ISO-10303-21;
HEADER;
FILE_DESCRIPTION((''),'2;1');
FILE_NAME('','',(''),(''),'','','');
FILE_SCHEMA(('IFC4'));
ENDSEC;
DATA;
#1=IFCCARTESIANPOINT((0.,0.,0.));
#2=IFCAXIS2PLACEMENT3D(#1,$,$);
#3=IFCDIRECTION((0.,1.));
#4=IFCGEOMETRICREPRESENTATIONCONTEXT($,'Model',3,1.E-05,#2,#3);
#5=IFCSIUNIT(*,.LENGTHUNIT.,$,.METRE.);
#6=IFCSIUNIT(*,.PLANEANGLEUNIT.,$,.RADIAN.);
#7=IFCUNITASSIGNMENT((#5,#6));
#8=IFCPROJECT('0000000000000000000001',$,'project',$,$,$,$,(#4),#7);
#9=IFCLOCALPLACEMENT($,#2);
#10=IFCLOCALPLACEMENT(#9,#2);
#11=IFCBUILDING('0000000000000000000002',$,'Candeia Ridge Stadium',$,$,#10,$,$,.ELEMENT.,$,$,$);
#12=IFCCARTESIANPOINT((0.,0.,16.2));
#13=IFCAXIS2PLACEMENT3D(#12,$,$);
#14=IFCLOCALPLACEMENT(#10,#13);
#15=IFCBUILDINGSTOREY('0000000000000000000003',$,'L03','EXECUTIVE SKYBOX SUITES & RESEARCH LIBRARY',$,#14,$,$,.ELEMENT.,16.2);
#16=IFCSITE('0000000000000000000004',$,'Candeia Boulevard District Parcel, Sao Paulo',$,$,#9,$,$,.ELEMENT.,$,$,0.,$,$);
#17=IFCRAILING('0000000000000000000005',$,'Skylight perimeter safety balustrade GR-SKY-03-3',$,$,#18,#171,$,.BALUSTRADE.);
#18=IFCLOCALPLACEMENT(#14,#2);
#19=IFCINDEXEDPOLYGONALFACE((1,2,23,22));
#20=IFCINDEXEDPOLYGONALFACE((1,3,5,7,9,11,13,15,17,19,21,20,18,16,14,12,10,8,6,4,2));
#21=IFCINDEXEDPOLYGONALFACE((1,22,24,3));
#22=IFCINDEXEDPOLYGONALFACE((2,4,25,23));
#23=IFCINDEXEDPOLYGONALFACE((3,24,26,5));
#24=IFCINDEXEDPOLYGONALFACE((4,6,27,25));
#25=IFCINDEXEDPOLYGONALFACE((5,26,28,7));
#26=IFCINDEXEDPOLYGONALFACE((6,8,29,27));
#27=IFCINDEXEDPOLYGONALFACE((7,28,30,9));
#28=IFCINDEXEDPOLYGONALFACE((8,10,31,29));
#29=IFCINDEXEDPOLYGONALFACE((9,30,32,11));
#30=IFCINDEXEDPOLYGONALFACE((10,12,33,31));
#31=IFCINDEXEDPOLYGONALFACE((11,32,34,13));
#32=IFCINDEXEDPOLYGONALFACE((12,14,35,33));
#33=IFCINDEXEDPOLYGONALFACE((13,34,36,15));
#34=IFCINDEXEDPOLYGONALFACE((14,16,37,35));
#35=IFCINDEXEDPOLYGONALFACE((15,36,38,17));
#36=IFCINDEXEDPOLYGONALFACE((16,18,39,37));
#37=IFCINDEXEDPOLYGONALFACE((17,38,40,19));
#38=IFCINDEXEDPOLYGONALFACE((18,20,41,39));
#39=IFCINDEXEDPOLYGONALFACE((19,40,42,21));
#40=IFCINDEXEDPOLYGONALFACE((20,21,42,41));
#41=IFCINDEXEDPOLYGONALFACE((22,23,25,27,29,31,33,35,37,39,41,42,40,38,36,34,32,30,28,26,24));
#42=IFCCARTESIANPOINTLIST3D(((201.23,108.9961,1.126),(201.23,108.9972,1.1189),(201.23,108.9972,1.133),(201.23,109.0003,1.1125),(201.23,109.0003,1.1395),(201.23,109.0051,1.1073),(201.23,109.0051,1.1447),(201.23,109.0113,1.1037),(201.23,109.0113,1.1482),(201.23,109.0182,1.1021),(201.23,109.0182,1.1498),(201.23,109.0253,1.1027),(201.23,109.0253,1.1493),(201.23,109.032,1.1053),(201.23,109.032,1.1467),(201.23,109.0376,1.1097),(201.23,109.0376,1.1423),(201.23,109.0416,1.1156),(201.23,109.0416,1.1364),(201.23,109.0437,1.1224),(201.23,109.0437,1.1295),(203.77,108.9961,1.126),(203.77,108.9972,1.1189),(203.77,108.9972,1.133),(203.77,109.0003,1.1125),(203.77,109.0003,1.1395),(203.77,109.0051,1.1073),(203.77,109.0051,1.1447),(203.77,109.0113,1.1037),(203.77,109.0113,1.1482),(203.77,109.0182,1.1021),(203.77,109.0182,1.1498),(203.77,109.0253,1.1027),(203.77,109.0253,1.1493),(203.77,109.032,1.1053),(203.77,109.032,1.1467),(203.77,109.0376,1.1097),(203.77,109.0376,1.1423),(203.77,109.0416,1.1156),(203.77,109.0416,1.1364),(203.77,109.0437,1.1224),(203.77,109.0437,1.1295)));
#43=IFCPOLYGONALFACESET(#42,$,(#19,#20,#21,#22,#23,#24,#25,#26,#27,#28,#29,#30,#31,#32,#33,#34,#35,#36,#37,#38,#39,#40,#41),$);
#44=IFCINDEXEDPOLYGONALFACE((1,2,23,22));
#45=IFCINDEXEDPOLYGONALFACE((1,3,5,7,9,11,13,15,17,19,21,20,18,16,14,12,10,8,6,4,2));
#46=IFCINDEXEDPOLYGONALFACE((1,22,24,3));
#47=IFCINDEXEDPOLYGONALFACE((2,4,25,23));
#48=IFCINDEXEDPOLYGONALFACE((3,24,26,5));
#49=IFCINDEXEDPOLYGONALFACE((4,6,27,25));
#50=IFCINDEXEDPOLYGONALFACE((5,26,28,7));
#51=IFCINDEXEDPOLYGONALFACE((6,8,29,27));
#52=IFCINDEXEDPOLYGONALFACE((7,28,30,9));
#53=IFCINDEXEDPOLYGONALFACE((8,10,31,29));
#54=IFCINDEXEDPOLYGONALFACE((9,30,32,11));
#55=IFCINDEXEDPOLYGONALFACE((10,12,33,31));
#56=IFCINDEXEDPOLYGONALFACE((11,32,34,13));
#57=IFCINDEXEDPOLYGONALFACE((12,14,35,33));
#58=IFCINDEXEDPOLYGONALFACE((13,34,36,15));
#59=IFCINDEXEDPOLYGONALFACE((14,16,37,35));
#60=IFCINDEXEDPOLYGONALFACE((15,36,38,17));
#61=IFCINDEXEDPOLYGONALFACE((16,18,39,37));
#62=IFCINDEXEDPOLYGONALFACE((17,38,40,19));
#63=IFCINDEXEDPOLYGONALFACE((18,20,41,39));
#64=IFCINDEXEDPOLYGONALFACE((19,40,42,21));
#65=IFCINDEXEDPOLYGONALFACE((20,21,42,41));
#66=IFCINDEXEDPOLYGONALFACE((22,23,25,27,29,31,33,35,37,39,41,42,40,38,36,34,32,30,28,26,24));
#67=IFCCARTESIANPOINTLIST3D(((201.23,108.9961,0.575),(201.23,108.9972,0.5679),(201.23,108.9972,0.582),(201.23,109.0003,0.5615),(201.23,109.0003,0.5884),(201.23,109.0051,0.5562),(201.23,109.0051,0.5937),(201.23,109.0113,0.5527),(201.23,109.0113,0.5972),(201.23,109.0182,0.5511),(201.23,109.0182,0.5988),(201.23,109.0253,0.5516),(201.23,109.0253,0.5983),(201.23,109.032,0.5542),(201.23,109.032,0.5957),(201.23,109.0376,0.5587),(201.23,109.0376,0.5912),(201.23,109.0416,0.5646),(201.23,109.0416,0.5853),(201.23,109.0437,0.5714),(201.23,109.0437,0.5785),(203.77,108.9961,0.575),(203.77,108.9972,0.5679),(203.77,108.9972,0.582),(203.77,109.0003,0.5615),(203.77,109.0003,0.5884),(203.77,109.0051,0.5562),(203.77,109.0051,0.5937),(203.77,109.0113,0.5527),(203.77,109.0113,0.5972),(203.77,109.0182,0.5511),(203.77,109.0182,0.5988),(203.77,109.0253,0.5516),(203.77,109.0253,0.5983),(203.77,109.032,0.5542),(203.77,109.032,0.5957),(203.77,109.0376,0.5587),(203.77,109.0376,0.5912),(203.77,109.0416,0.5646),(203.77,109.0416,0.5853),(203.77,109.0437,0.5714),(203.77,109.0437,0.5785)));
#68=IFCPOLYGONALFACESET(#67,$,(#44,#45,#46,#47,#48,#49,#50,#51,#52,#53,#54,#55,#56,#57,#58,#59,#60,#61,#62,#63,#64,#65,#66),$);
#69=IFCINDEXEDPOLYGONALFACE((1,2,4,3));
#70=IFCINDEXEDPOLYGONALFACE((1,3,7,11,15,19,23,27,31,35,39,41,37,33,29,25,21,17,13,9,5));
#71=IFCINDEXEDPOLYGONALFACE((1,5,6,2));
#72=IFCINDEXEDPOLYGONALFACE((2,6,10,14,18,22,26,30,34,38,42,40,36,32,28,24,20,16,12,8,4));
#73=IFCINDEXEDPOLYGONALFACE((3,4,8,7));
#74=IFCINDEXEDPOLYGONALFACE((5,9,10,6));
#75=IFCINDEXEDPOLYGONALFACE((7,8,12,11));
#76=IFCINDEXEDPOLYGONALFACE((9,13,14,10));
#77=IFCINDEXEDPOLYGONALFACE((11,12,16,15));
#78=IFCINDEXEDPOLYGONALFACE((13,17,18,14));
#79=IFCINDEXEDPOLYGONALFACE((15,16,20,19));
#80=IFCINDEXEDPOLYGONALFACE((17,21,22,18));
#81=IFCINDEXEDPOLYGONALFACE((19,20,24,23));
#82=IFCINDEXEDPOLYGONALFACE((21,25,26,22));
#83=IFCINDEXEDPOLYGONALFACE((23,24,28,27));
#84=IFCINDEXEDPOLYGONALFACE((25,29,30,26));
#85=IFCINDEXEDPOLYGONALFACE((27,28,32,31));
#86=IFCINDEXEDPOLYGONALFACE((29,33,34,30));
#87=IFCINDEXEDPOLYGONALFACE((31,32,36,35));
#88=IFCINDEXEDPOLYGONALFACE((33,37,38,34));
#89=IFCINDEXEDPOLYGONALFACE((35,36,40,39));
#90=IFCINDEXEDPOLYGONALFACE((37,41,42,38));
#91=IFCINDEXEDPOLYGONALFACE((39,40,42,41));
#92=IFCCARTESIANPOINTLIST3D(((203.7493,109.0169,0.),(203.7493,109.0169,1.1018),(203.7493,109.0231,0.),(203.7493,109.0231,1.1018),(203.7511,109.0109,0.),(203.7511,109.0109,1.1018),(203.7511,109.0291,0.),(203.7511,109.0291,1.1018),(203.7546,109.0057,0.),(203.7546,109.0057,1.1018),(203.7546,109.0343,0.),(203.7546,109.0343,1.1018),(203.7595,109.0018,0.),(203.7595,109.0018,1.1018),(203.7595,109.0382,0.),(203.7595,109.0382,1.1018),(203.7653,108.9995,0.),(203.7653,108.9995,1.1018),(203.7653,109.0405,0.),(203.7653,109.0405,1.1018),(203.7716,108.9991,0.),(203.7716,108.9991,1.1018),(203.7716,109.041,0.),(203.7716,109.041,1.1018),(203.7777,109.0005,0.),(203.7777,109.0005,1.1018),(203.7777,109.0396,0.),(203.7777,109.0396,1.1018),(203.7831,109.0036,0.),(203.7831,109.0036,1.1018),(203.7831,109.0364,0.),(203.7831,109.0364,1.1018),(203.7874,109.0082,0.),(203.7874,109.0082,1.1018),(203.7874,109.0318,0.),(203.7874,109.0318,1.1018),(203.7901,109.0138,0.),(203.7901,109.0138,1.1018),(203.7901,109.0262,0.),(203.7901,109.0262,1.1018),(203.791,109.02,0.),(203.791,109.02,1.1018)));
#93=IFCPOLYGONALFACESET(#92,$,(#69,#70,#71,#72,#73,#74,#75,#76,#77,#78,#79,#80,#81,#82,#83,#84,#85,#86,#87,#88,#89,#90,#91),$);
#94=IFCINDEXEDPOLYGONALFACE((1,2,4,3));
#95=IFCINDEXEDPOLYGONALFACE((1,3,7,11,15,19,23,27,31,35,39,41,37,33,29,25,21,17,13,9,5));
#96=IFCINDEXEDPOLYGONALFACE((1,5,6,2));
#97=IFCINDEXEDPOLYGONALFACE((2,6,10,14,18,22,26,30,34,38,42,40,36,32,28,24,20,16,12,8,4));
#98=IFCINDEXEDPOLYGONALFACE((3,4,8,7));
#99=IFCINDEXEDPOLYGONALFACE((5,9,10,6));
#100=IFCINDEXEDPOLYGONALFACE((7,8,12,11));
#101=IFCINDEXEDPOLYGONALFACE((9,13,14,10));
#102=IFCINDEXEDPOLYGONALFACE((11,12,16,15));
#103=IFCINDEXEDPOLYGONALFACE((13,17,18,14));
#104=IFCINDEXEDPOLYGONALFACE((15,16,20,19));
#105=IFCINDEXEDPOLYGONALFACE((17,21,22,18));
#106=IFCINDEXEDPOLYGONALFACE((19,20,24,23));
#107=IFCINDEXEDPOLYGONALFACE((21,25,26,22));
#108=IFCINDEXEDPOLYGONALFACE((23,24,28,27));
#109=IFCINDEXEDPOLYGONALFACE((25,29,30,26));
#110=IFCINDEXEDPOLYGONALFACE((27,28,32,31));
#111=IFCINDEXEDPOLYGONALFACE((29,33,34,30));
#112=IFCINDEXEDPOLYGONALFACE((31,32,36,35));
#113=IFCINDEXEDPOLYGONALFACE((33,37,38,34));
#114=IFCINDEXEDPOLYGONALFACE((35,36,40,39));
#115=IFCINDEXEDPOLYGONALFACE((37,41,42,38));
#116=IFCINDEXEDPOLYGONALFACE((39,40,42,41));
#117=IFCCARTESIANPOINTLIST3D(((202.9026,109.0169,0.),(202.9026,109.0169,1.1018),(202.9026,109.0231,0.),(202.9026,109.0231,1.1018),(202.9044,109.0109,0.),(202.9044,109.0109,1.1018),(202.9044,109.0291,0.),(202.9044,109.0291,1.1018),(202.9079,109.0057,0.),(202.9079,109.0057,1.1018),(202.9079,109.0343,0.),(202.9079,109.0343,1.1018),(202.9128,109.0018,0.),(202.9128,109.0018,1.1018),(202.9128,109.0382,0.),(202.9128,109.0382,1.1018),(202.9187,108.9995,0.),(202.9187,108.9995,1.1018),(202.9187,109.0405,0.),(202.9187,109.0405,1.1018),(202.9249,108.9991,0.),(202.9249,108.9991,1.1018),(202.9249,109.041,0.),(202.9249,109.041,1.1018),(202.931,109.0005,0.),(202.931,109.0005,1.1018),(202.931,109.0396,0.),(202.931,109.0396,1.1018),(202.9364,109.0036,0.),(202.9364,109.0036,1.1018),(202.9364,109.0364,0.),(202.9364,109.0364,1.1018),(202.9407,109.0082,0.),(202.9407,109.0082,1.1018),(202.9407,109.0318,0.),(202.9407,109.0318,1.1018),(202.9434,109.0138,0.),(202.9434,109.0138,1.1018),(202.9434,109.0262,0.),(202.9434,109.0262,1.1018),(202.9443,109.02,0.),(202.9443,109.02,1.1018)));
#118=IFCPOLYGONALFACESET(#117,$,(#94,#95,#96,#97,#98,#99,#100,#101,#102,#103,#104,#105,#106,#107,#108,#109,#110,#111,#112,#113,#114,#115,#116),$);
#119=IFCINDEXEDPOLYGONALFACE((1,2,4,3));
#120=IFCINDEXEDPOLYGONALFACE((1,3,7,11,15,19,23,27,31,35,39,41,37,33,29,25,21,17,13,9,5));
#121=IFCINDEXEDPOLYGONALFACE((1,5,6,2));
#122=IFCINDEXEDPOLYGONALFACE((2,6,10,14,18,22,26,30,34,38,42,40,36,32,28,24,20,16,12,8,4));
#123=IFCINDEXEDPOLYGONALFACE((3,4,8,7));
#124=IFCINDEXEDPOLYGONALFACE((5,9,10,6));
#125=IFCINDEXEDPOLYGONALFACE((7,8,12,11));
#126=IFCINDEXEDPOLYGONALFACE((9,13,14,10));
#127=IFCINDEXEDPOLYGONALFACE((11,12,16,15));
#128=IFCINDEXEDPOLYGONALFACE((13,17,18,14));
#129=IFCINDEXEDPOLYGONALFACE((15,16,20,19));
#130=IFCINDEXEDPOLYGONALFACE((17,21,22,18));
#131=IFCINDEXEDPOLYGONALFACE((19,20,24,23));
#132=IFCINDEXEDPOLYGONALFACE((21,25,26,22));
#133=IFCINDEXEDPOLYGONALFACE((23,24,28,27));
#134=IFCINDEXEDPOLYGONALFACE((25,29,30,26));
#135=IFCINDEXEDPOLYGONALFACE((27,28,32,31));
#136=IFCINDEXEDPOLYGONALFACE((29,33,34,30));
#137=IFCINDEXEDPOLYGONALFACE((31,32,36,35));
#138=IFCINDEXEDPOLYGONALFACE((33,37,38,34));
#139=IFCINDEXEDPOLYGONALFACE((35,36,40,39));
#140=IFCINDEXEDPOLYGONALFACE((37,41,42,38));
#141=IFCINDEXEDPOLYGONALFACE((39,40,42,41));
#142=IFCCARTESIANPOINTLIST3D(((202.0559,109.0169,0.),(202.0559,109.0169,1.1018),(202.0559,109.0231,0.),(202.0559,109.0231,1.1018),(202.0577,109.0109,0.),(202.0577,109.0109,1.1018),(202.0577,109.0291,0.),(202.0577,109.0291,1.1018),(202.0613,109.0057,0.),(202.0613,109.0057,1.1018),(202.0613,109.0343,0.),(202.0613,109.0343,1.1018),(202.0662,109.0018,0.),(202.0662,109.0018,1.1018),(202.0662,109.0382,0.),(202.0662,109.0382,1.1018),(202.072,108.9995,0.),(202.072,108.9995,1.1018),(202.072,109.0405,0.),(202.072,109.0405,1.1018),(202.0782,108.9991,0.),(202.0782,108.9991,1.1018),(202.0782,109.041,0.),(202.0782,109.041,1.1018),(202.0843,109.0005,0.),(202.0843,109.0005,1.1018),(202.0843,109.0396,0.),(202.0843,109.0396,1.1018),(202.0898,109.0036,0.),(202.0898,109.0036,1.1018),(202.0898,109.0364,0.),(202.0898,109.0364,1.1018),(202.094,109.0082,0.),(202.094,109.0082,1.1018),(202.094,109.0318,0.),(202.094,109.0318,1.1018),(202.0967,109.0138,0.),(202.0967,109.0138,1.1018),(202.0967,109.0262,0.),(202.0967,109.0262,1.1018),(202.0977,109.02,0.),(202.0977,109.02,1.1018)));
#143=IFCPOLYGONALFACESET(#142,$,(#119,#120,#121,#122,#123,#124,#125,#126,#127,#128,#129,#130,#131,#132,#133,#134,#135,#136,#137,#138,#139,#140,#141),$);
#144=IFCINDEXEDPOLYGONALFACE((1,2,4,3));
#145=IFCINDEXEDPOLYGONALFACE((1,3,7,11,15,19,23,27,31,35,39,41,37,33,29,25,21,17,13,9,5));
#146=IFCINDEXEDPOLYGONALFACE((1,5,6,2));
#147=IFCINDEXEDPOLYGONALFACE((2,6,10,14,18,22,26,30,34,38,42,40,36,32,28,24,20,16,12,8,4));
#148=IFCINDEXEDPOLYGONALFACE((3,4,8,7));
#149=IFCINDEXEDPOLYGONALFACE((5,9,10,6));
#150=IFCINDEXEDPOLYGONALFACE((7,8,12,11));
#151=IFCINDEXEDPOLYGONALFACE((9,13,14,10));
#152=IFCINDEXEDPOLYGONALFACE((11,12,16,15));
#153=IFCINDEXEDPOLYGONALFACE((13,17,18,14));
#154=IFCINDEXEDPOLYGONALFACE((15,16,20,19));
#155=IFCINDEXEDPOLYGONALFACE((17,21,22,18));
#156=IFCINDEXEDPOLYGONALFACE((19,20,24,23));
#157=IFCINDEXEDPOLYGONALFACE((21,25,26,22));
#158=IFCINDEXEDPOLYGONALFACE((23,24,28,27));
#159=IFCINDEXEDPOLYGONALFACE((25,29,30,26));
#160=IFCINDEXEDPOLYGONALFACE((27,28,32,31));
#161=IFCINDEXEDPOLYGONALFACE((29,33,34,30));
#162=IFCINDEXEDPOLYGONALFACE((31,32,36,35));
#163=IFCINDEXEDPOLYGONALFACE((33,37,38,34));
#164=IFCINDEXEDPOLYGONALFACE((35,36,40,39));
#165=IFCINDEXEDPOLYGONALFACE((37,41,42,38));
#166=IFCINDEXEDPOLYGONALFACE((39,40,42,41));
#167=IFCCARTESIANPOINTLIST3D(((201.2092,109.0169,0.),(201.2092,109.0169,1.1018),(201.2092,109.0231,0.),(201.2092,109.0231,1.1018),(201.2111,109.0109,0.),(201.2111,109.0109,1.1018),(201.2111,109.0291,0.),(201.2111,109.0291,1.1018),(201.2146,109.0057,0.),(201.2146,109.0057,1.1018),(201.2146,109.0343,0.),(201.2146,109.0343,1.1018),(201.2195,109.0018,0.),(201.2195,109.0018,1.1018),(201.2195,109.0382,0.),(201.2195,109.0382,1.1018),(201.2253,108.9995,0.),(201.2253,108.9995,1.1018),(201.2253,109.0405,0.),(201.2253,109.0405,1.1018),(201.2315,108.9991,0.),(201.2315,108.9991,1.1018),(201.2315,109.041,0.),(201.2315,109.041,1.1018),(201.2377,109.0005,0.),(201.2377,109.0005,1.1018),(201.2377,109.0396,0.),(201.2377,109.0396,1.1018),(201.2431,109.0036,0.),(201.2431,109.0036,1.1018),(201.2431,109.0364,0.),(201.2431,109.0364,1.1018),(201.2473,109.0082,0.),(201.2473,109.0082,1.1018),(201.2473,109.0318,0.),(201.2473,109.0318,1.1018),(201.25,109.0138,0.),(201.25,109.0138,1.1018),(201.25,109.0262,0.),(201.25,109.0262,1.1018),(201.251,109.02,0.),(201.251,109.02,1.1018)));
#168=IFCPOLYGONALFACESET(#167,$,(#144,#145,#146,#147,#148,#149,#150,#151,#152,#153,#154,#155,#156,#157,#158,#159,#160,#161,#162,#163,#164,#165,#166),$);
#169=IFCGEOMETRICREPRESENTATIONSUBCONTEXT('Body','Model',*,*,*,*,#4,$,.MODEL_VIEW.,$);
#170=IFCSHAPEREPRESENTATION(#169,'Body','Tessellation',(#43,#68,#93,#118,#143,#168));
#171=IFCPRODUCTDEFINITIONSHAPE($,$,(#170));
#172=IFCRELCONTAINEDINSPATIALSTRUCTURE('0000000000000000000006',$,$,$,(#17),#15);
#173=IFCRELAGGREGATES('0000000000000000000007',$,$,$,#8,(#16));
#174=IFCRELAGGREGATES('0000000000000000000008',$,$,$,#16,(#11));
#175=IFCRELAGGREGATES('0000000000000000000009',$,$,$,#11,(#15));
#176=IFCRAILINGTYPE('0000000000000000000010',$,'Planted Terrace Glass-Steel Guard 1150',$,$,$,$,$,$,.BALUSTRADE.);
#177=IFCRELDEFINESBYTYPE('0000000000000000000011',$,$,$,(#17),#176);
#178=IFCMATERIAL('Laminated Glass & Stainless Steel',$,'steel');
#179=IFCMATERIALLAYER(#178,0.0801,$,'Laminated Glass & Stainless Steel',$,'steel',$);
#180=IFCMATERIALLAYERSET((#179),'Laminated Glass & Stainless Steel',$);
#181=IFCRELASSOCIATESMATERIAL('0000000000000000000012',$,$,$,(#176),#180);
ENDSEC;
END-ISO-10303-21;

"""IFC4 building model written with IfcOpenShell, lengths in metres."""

from ifc_helpers import new_model, si_unit, direction, frame, origin, origin_2d, place, context, subcontext, project, spatial, circle, extrude, material, layer, layer_set, type_object, element, save


model = new_model("IFC4")

# Units and contexts
model_context = context("Model", 3, precision=1e-05, world=origin(), true_north=direction((0.0, 1.0)))
body_context = subcontext(model_context, "Body", "Model", "MODEL_VIEW")
ifc_project = project(units=[si_unit("LENGTHUNIT", "METRE"), si_unit("PLANEANGLEUNIT", "RADIAN")], contexts=[model_context])

# Site, building, storey
site_placement = place(None, origin())
site = spatial("IfcSite", under=ifc_project, at=site_placement, Name="Candeia Boulevard District Parcel, Sao Paulo", CompositionType="ELEMENT", RefElevation=0.0)
building_placement = place(site_placement, origin())
building = spatial("IfcBuilding", under=site, at=building_placement, Name="Candeia Ridge Stadium", CompositionType="ELEMENT")
storey_placement = place(building_placement, frame((0.0, 0.0, 16.2)))
storey = spatial("IfcBuildingStorey", under=building, at=storey_placement, Name="L03", Description="EXECUTIVE SKYBOX SUITES & RESEARCH LIBRARY", CompositionType="ELEMENT", Elevation=16.2)

# Railing
ifc_material_1 = material(Name="Laminated Glass & Stainless Steel", Category="steel")
ifc_layer_1 = layer(ifc_material_1, 0.0801, Name="Laminated Glass & Stainless Steel", Category="steel")
ifc_layer_set_1 = layer_set([ifc_layer_1], Name="Laminated Glass & Stainless Steel")
railing_type = type_object("IfcRailingType", Name="Planted Terrace Glass-Steel Guard 1150", PredefinedType="BALUSTRADE", material=ifc_layer_set_1)
railing_1_placement = place(storey_placement, frame((203.77, 109.02, 0.0)))
element("IfcRailing", 1, at=railing_1_placement, inside=storey, type_object=railing_type, Name="Skylight perimeter safety balustrade GR-SKY-03-3", PredefinedType="BALUSTRADE", context=body_context, shape_type="SweptSolid", body=[
    extrude(circle(Radius=0.0239, at=origin_2d()), frame((0.0, 0.0, 1.126), z_axis=(-1.0, 0.0, 0.0), x_axis=(0.0, -1.0, 0.0)), (0.0, 0.0, 1.0), 2.54),
    extrude(circle(Radius=0.0239, at=origin_2d()), frame((0.0, 0.0, 0.575), z_axis=(-1.0, 0.0, 0.0), x_axis=(0.0, -1.0, 0.0)), (0.0, 0.0, 1.0), 2.54),
    extrude(circle(Radius=0.021, at=origin_2d()), origin(), (0.0, 0.0, 1.0), 1.1018),
    extrude(circle(Radius=0.021, at=origin_2d()), frame((-0.8467, 0.0, 0.0)), (0.0, 0.0, 1.0), 1.1018),
    extrude(circle(Radius=0.021, at=origin_2d()), frame((-1.6934, 0.0, 0.0)), (0.0, 0.0, 1.0), 1.1018),
    extrude(circle(Radius=0.021, at=origin_2d()), frame((-2.54, 0.0, 0.0)), (0.0, 0.0, 1.0), 1.1018),
])

save(model, "model.ifc")
